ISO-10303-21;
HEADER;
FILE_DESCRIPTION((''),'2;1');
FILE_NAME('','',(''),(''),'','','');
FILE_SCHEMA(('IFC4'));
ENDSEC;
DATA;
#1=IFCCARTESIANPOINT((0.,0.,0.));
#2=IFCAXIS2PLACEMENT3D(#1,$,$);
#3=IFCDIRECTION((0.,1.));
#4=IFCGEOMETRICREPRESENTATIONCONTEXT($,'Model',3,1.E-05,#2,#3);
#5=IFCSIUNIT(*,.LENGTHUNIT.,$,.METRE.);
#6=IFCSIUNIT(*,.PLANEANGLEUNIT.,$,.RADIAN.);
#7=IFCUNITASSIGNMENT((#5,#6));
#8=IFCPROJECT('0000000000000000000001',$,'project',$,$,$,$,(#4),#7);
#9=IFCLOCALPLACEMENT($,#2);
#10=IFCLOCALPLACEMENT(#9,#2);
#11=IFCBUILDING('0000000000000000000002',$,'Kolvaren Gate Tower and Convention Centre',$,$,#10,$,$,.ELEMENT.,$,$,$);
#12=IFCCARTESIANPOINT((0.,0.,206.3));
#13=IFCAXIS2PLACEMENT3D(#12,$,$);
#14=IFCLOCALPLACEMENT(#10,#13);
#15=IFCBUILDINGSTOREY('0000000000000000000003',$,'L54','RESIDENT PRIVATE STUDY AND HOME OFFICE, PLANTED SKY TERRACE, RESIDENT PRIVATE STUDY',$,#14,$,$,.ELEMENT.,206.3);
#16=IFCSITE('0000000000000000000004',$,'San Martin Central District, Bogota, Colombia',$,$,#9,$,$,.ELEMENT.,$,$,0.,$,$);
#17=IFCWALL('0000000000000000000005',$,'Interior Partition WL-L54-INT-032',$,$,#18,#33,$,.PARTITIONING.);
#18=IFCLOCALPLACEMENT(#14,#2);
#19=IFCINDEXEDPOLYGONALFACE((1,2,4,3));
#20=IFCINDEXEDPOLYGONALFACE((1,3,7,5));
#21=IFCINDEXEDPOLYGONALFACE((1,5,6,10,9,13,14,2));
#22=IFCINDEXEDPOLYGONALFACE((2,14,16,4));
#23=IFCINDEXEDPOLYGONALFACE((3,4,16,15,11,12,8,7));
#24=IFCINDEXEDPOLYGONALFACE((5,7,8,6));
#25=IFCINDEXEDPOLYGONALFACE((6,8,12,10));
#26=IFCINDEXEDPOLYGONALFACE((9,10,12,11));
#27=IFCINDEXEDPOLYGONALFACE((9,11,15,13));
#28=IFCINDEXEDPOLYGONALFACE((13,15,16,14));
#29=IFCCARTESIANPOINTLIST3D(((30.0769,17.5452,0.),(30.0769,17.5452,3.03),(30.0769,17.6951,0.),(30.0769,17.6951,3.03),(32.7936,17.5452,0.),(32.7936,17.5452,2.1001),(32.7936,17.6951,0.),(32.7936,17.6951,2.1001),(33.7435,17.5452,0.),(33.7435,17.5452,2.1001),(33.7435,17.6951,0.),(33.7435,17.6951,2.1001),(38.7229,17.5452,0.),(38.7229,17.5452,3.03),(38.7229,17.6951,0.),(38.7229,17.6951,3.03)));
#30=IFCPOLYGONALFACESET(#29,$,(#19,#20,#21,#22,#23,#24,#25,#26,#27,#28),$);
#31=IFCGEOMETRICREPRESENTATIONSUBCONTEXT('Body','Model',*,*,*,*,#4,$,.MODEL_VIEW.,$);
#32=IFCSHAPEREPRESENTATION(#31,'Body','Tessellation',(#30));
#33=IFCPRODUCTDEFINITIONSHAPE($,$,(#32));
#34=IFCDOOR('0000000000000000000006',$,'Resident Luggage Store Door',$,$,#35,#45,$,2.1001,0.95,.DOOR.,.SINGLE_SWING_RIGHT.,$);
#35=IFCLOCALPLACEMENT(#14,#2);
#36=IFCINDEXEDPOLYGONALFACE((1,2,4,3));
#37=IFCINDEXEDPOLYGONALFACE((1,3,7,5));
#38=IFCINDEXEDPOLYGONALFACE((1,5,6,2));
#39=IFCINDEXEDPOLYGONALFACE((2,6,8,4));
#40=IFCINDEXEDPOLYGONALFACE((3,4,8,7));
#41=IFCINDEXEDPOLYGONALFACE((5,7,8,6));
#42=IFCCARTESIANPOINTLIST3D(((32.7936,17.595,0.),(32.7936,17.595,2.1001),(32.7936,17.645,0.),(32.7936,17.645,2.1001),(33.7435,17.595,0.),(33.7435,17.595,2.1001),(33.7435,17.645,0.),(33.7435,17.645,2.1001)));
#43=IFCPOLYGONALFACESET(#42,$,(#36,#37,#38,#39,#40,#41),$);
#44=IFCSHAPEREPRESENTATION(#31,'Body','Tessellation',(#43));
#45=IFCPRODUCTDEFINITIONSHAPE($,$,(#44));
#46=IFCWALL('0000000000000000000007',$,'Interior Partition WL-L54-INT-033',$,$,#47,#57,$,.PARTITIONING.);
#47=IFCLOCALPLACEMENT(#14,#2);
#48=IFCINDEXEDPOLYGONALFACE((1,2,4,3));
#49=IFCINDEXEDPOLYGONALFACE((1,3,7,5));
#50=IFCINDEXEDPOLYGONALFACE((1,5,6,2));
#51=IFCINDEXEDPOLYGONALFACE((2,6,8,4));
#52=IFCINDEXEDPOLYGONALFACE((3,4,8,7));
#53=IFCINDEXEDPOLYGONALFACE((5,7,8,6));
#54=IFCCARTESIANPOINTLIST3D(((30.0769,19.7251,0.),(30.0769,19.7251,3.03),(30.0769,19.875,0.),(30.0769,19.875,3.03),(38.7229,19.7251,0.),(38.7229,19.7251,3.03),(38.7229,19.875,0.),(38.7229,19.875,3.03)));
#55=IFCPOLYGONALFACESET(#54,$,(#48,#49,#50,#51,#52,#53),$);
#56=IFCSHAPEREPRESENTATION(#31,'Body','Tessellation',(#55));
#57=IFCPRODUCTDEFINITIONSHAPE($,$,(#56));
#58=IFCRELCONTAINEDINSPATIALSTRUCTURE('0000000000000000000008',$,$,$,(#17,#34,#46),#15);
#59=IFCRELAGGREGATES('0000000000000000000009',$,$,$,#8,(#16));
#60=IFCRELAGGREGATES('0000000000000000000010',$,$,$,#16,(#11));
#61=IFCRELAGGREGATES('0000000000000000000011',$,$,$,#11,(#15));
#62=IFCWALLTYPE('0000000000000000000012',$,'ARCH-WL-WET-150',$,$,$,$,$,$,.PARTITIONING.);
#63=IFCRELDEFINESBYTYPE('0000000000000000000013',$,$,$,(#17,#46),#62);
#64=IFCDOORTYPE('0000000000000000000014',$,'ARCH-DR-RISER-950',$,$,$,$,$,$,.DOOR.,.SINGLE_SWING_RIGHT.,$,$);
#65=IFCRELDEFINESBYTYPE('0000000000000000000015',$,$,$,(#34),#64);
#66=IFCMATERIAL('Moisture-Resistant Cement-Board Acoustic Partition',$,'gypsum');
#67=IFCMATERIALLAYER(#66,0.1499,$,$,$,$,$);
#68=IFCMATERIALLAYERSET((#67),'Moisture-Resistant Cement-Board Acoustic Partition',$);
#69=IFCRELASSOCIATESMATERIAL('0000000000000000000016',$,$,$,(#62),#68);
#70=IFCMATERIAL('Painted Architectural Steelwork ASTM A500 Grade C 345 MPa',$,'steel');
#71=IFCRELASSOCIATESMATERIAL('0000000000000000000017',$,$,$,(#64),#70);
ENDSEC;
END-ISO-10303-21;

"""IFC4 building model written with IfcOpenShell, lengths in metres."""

from ifc_helpers import new_model, si_unit, direction, frame, frame_2d, origin, place, context, subcontext, project, spatial, rectangle, extrude, material, layer, layer_set, type_object, element, fill, save


model = new_model("IFC4")

# Units and contexts
model_context = context("Model", 3, precision=1e-05, world=origin(), true_north=direction((0.0, 1.0)))
body_context = subcontext(model_context, "Body", "Model", "MODEL_VIEW")
ifc_project = project(units=[si_unit("LENGTHUNIT", "METRE"), si_unit("PLANEANGLEUNIT", "RADIAN")], contexts=[model_context])

# Site, building, storey
site_placement = place(None, origin())
site = spatial("IfcSite", under=ifc_project, at=site_placement, Name="San Martin Central District, Bogota, Colombia", CompositionType="ELEMENT", RefElevation=0.0)
building_placement = place(site_placement, origin())
building = spatial("IfcBuilding", under=site, at=building_placement, Name="Kolvaren Gate Tower and Convention Centre", CompositionType="ELEMENT")
storey_placement = place(building_placement, frame((0.0, 0.0, 206.3)))
storey = spatial("IfcBuildingStorey", under=building, at=storey_placement, Name="L54", Description="RESIDENT PRIVATE STUDY AND HOME OFFICE, PLANTED SKY TERRACE, RESIDENT PRIVATE STUDY", CompositionType="ELEMENT", Elevation=206.3)

# Wall, opening, door
ifc_material_1 = material(Name="Moisture-Resistant Cement-Board Acoustic Partition", Category="gypsum")
ifc_layer_1 = layer(ifc_material_1, 0.1499)
ifc_layer_set_1 = layer_set([ifc_layer_1], Name="Moisture-Resistant Cement-Board Acoustic Partition")
wall_type_1 = type_object("IfcWallType", Name="ARCH-WL-WET-150", PredefinedType="PARTITIONING", material=ifc_layer_set_1)
wall_1_placement = place(storey_placement, frame((30.0769, 17.6201, 0.0), z_axis=(0.0, 0.0, 1.0), x_axis=(1.0, 0.0, 0.0)))
wall_1 = element("IfcWall", 1, at=wall_1_placement, inside=storey, type_object=wall_type_1, Name="Interior Partition WL-L54-INT-032", PredefinedType="PARTITIONING", context=body_context, shape_type="SweptSolid", body=[
    extrude(rectangle(XDim=8.646, YDim=0.1499, at=frame_2d((4.323, 0.0))), origin(), (0.0, 0.0, 1.0), 3.03),
])
opening_1_placement = place(wall_1_placement, frame((2.7166, 0.0, 0.0)))
opening_1 = element("IfcOpeningElement", 2, at=opening_1_placement, cuts=wall_1, PredefinedType="OPENING", context=body_context, shape_type="SweptSolid", body=[
    extrude(rectangle(XDim=0.95, YDim=2.1001, at=frame_2d((0.4751, 1.05))), frame((0.0, 0.085, 0.0), z_axis=(0.0, -1.0, 0.0), x_axis=(1.0, 0.0, 0.0)), (0.0, 0.0, 1.0), 0.1699),
])
ifc_material_2 = material(Name="Painted Architectural Steelwork ASTM A500 Grade C 345 MPa", Category="steel")
door_type_1 = type_object("IfcDoorType", Name="ARCH-DR-RISER-950", OperationType="SINGLE_SWING_RIGHT", PredefinedType="DOOR", material=ifc_material_2)
door_1_placement = place(opening_1_placement, origin())
door_1 = element("IfcDoor", 3, at=door_1_placement, inside=storey, type_object=door_type_1, Name="Resident Luggage Store Door", OperationType="SINGLE_SWING_RIGHT", OverallHeight=2.1001, OverallWidth=0.95, PredefinedType="DOOR", context=body_context, shape_type="SweptSolid", body=[
    extrude(rectangle(XDim=0.95, YDim=2.1001, at=frame_2d((0.4751, 1.05))), frame((0.0, 0.0249, 0.0), z_axis=(0.0, -1.0, 0.0), x_axis=(1.0, 0.0, 0.0)), (0.0, 0.0, 1.0), 0.05),
])
fill(opening_1, door_1)

# Wall
wall_2_placement = place(storey_placement, frame((30.0769, 19.8, 0.0), z_axis=(0.0, 0.0, 1.0), x_axis=(1.0, 0.0, 0.0)))
element("IfcWall", 4, at=wall_2_placement, inside=storey, type_object=wall_type_1, Name="Interior Partition WL-L54-INT-033", PredefinedType="PARTITIONING", context=body_context, shape_type="SweptSolid", body=[
    extrude(rectangle(XDim=8.646, YDim=0.1499, at=frame_2d((4.323, 0.0))), origin(), (0.0, 0.0, 1.0), 3.03),
])

save(model, "model.ifc")
